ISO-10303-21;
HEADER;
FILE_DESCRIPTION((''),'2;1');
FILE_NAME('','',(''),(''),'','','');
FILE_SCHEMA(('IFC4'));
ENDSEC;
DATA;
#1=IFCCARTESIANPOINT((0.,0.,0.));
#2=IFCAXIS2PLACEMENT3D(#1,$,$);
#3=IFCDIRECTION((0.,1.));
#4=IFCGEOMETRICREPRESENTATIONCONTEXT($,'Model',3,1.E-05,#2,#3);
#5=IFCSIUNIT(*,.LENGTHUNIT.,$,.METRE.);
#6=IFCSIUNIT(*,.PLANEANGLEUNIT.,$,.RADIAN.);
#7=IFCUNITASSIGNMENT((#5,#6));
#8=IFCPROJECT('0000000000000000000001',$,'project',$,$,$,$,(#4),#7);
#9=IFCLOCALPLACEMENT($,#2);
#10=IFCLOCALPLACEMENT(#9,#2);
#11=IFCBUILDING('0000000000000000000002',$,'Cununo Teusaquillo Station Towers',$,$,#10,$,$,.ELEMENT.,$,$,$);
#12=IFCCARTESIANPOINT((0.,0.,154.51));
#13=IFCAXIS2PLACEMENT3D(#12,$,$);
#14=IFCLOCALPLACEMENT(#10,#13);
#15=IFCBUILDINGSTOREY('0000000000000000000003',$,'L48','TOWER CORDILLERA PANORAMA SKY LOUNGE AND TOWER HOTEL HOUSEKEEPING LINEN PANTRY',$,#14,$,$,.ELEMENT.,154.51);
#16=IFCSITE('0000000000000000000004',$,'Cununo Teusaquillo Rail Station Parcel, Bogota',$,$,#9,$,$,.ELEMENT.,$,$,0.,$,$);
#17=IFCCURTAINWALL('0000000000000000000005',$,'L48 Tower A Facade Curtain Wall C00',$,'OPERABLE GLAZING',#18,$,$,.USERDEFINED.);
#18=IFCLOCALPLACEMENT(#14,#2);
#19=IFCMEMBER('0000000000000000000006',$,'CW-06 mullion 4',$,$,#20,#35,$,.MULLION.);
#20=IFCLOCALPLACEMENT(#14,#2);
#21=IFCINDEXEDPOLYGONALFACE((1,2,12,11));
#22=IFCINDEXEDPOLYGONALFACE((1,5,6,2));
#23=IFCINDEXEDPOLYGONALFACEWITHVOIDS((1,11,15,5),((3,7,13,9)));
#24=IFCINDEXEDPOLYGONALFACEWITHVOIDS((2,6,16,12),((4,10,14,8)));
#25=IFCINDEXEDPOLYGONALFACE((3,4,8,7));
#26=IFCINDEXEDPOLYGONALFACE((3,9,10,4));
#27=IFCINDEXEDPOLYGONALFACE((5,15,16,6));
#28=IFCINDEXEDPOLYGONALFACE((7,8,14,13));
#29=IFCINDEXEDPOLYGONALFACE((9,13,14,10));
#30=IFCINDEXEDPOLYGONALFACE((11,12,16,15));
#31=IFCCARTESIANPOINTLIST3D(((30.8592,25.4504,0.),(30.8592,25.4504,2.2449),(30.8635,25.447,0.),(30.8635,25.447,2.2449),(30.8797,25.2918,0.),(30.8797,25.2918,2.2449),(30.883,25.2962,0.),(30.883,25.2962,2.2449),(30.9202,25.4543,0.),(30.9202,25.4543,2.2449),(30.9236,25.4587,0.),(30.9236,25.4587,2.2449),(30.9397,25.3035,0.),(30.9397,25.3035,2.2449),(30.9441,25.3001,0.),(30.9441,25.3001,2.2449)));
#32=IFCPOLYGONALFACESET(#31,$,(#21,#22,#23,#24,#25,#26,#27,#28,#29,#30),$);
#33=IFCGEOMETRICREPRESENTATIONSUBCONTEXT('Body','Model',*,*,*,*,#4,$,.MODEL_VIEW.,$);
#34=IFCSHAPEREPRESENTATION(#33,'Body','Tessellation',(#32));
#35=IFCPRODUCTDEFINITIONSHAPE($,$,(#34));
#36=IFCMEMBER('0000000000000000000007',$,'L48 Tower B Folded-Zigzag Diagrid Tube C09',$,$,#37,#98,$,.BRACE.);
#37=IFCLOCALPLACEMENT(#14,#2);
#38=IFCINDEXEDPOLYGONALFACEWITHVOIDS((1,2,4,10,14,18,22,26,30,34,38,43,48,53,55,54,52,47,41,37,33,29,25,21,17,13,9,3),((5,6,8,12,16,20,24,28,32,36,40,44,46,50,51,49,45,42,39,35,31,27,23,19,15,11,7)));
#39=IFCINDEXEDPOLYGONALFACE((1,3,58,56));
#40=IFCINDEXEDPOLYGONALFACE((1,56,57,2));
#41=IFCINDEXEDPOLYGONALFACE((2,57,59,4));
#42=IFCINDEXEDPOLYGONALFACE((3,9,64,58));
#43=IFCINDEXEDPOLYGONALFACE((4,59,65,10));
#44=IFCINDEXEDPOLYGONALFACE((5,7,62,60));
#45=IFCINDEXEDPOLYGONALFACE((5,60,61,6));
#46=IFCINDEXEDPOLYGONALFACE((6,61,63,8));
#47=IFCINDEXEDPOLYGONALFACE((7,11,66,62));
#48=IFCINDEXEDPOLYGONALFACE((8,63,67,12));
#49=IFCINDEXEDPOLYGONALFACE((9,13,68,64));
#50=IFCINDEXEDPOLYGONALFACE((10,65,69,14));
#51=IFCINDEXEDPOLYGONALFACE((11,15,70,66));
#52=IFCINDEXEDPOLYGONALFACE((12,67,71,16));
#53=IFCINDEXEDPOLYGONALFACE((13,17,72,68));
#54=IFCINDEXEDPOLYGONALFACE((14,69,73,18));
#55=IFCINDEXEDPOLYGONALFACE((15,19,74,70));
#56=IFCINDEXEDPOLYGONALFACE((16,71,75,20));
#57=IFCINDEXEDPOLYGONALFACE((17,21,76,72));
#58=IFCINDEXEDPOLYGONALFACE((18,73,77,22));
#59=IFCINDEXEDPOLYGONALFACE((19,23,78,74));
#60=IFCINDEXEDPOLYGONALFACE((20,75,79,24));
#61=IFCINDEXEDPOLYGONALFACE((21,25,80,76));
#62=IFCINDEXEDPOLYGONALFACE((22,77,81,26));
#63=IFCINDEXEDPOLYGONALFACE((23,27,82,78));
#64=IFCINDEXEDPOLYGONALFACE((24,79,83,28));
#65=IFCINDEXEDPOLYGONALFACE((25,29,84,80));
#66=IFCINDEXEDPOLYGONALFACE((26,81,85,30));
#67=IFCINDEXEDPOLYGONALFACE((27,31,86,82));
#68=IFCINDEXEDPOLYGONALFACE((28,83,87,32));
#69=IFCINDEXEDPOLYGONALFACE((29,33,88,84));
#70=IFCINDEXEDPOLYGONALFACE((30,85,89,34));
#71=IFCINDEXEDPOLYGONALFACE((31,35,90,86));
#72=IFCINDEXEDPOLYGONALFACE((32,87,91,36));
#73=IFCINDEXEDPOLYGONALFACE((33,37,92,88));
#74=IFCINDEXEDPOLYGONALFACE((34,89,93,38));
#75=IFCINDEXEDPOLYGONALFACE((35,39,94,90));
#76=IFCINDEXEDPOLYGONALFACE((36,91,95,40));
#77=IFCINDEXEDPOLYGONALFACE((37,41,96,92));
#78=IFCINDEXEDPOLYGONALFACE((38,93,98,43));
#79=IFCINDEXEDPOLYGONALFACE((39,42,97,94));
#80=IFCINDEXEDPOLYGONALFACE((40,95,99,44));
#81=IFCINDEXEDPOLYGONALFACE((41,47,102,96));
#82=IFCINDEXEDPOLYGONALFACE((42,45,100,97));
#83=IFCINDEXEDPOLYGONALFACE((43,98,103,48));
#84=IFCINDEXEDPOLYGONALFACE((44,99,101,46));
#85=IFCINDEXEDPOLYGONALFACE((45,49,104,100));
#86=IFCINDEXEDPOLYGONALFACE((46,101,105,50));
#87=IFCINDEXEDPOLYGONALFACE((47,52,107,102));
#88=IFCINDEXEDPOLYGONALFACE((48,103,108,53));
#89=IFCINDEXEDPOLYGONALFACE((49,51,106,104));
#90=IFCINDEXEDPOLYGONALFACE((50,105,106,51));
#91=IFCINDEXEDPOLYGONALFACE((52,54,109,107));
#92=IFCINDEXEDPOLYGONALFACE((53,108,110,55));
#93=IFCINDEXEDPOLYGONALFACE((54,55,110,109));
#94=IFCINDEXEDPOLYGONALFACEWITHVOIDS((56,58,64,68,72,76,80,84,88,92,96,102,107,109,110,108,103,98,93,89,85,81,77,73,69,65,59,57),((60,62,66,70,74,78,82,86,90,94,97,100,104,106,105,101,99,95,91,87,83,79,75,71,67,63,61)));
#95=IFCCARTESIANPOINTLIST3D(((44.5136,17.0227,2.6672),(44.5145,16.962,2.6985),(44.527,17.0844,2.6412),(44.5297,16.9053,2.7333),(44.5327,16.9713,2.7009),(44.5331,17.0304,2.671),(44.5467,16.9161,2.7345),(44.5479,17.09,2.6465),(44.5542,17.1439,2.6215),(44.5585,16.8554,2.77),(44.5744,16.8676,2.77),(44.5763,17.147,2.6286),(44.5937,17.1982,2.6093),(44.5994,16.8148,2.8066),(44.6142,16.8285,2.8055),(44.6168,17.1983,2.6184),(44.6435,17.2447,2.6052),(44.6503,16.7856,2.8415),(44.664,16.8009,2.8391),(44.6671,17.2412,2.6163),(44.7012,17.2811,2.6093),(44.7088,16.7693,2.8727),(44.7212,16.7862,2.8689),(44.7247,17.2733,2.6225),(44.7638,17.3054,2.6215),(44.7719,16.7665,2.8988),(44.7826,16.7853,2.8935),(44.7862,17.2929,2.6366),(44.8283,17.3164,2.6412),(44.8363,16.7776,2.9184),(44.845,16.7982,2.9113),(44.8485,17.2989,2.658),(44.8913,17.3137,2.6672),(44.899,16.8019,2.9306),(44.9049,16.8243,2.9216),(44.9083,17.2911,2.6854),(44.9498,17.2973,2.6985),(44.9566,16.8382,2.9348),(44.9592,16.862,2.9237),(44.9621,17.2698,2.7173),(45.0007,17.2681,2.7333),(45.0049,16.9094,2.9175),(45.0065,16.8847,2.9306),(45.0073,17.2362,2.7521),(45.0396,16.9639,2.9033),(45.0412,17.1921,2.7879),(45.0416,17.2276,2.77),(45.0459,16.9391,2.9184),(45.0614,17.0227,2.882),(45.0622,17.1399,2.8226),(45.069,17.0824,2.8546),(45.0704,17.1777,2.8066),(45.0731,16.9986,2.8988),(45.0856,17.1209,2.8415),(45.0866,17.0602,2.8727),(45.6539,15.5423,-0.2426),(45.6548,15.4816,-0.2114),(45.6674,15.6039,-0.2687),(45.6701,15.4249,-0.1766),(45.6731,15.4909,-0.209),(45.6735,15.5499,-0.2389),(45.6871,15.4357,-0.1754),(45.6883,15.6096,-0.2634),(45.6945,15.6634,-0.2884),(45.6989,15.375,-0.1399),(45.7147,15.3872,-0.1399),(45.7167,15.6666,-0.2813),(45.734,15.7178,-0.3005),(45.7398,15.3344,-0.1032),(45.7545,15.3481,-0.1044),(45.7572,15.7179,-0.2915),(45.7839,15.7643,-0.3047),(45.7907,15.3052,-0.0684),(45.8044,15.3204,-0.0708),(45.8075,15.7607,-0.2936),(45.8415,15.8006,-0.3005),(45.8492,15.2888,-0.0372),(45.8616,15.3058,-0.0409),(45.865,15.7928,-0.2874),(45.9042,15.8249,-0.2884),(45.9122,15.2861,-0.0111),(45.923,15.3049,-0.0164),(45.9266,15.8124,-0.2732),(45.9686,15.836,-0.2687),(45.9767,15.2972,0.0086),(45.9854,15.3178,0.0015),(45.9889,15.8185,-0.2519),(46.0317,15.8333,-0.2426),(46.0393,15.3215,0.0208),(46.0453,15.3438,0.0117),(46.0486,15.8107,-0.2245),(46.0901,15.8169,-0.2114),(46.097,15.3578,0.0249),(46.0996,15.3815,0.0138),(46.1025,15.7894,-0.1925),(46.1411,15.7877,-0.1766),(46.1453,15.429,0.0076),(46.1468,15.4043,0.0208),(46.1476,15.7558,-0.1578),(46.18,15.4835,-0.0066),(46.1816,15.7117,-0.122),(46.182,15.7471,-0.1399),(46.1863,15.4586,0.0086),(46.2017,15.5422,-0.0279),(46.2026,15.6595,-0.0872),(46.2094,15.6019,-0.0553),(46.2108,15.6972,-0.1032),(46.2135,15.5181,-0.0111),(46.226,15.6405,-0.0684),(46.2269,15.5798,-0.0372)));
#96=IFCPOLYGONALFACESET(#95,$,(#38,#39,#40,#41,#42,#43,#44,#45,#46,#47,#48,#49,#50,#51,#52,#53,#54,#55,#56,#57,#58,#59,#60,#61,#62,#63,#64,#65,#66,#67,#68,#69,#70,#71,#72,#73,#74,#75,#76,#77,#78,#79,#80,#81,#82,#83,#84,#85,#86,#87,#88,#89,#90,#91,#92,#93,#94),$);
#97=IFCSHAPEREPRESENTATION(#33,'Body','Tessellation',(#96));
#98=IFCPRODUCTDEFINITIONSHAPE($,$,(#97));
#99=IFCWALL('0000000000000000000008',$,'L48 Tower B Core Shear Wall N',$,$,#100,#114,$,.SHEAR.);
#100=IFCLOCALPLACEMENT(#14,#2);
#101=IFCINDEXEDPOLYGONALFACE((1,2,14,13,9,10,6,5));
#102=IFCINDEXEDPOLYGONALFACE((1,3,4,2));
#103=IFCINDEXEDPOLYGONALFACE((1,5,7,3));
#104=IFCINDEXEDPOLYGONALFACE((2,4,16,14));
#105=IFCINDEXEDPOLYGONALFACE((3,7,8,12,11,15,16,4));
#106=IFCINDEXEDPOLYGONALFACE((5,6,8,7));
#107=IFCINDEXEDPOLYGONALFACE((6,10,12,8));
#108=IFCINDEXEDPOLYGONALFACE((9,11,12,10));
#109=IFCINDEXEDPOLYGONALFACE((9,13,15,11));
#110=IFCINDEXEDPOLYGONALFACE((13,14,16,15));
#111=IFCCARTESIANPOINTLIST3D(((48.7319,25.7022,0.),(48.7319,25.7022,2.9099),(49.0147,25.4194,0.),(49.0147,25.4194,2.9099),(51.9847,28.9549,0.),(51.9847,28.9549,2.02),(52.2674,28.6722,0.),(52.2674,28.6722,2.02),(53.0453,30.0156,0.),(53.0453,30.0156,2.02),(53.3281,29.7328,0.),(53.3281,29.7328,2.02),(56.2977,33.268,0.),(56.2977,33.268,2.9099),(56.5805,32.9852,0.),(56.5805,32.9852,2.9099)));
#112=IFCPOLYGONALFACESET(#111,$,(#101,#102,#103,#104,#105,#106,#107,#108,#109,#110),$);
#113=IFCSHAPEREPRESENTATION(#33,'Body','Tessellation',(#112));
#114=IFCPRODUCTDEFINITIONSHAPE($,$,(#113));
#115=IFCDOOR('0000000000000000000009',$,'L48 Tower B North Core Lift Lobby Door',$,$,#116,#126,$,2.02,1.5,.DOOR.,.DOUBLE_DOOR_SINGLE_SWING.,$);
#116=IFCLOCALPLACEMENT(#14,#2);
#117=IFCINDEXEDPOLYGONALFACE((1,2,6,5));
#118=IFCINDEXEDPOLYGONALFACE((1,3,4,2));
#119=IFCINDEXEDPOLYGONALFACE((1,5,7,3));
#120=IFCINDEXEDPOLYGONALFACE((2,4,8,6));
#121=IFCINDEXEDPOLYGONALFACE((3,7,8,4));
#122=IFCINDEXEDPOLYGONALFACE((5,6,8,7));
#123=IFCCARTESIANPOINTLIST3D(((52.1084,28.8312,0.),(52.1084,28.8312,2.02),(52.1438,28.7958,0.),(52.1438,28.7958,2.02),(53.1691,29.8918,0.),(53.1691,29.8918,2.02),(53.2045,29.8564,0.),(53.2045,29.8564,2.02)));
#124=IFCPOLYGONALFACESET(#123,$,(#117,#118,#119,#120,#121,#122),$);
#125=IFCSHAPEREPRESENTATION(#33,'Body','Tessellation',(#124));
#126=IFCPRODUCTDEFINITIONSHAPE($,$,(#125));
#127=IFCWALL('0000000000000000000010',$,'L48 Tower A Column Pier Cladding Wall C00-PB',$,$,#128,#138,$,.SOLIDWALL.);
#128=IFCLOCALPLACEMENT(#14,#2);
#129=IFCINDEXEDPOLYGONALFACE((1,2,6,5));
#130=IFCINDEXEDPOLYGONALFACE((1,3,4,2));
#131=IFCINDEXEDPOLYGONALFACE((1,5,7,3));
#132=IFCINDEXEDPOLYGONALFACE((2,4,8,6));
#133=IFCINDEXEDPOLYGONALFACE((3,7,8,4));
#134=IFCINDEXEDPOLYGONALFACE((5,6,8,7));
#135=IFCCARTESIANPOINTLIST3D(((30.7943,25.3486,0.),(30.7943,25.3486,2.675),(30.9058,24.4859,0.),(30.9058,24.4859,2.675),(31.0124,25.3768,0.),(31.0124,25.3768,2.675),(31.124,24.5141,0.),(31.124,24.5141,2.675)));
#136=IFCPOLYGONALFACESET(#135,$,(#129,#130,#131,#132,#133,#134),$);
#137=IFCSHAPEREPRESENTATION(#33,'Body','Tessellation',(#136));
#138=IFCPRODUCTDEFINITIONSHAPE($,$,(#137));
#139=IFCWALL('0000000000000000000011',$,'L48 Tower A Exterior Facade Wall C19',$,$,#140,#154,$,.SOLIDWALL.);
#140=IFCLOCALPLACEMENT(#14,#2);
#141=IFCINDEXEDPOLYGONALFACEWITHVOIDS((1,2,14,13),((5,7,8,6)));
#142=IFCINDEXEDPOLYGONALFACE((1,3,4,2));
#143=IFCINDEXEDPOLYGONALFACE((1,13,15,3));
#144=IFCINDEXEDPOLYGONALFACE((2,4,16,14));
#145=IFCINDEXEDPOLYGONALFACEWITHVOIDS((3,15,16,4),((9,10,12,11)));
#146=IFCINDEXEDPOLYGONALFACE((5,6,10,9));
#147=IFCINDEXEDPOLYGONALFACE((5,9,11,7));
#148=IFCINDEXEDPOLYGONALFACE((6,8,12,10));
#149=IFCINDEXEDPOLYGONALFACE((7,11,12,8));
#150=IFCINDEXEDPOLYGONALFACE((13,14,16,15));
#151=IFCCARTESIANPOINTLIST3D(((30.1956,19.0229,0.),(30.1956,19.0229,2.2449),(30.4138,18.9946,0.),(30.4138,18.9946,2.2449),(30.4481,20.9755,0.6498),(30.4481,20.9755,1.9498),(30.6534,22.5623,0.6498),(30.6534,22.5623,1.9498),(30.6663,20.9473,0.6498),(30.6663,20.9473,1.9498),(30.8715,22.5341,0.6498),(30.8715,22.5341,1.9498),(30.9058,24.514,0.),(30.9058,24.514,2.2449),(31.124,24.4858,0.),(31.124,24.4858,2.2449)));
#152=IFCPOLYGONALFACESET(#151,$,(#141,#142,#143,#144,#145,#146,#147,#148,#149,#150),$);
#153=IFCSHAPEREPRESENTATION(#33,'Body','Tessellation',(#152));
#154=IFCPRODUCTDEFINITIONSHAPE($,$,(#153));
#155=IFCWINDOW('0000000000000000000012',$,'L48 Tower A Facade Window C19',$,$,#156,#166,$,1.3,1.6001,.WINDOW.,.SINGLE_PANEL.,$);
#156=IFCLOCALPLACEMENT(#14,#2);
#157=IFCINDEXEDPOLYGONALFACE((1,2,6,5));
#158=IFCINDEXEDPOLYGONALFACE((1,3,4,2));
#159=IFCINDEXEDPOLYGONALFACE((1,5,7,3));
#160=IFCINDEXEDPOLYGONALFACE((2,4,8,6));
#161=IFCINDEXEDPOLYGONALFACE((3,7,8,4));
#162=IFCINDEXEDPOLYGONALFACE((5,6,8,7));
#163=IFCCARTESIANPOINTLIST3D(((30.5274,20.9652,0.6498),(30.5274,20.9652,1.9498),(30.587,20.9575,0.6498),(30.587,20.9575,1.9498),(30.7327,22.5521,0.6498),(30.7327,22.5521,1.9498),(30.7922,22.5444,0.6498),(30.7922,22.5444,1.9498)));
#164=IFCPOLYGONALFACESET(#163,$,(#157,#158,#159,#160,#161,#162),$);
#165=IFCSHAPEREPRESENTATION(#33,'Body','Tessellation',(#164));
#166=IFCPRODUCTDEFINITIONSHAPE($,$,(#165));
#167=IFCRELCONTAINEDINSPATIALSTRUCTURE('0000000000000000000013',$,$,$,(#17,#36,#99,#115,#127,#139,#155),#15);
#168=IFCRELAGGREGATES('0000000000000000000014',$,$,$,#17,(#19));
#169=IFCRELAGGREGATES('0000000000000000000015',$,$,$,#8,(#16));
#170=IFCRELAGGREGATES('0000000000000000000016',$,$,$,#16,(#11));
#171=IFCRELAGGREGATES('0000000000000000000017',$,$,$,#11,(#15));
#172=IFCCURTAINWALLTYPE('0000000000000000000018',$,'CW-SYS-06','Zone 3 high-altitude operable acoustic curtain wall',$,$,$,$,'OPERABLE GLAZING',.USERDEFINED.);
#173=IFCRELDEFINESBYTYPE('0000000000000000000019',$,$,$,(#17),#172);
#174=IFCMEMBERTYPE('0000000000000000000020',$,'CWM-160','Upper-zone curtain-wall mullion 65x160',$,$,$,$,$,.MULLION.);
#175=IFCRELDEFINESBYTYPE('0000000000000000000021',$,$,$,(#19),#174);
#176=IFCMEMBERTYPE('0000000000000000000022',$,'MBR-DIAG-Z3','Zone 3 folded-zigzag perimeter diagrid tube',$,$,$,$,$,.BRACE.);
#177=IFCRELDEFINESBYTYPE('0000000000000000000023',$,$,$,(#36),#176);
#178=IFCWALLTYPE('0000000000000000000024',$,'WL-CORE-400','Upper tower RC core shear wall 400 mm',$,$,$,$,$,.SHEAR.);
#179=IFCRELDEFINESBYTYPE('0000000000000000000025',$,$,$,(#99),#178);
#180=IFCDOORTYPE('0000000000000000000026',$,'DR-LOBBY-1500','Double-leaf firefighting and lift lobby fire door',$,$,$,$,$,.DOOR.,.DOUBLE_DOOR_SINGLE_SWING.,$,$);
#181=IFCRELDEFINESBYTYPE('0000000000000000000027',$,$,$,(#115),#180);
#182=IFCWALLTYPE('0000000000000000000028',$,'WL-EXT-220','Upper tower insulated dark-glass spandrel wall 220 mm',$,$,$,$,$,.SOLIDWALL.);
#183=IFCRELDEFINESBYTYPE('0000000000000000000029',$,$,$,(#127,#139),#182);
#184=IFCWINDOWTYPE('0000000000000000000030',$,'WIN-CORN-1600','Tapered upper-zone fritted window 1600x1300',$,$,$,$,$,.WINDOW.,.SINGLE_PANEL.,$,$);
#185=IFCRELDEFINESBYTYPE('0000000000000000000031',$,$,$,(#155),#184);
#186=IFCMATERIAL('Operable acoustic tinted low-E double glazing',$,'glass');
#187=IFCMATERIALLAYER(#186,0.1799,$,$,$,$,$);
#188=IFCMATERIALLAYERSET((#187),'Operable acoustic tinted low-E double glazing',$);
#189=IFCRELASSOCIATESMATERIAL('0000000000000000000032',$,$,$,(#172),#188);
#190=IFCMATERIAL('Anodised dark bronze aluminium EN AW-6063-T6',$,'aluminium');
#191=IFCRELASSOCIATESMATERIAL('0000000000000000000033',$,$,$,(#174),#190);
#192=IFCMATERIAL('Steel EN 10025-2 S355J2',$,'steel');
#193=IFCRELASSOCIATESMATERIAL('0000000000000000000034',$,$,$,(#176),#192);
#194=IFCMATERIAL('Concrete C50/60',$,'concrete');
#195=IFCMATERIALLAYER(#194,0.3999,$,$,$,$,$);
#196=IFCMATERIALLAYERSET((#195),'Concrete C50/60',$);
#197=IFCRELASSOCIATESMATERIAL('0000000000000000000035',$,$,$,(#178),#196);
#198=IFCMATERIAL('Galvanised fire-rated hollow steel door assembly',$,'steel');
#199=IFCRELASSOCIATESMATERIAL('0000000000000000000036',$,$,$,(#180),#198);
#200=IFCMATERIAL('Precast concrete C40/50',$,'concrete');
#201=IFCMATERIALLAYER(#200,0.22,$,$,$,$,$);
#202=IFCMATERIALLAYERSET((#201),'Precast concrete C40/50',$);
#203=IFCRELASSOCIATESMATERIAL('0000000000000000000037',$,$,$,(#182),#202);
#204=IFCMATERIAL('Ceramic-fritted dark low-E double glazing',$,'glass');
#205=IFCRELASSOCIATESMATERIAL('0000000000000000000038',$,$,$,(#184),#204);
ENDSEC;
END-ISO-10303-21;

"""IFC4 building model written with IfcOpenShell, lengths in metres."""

from ifc_helpers import new_model, si_unit, direction, frame, frame_2d, origin, origin_2d, place, context, subcontext, project, spatial, rectangle, hollow_rectangle, hollow_circle, extrude, source, transform, mapped, material, layer, layer_set, material_profile, profile_set, type_object, element, fill, aggregate, save


model = new_model("IFC4")

# Units and contexts
model_context = context("Model", 3, precision=1e-05, world=origin(), true_north=direction((0.0, 1.0)))
body_context = subcontext(model_context, "Body", "Model", "MODEL_VIEW")
ifc_project = project(units=[si_unit("LENGTHUNIT", "METRE"), si_unit("PLANEANGLEUNIT", "RADIAN")], contexts=[model_context])

# Site, building, storey
site_placement = place(None, origin())
site = spatial("IfcSite", under=ifc_project, at=site_placement, Name="Cununo Teusaquillo Rail Station Parcel, Bogota", CompositionType="ELEMENT", RefElevation=0.0)
building_placement = place(site_placement, origin())
building = spatial("IfcBuilding", under=site, at=building_placement, Name="Cununo Teusaquillo Station Towers", CompositionType="ELEMENT")
storey_placement = place(building_placement, frame((0.0, 0.0, 154.51)))
storey = spatial("IfcBuildingStorey", under=building, at=storey_placement, Name="L48", Description="TOWER CORDILLERA PANORAMA SKY LOUNGE AND TOWER HOTEL HOUSEKEEPING LINEN PANTRY", CompositionType="ELEMENT", Elevation=154.51)

# Curtain wall, member
ifc_material_1 = material(Name="Operable acoustic tinted low-E double glazing", Category="glass")
ifc_layer_1 = layer(ifc_material_1, 0.1799)
ifc_layer_set_1 = layer_set([ifc_layer_1], Name="Operable acoustic tinted low-E double glazing")
curtain_wall_type = type_object("IfcCurtainWallType", Name="CW-SYS-06", Description="Zone 3 high-altitude operable acoustic curtain wall", ElementType="OPERABLE GLAZING", PredefinedType="USERDEFINED", material=ifc_layer_set_1)
curtain_wall_placement = place(storey_placement, origin())
curtain_wall = element("IfcCurtainWall", 1, at=curtain_wall_placement, inside=storey, type_object=curtain_wall_type, Name="L48 Tower A Facade Curtain Wall C00", ObjectType="OPERABLE GLAZING", PredefinedType="USERDEFINED")
ifc_material_2 = material(Name="Anodised dark bronze aluminium EN AW-6063-T6", Category="aluminium")
ifc_material_profile_1 = material_profile(ifc_material_2, hollow_rectangle(XDim=0.0649, YDim=0.1599, WallThickness=0.0039, at=origin_2d()), Name="CW-MULL-65x160")
ifc_profile_set_1 = profile_set([ifc_material_profile_1], Name="Anodised dark bronze aluminium EN AW-6063-T6")
member_type_1 = type_object("IfcMemberType", Name="CWM-160", Description="Upper-zone curtain-wall mullion 65x160", PredefinedType="MULLION", material=ifc_profile_set_1)
member_1_placement = place(storey_placement, frame((30.9016, 25.3752, 0.0), z_axis=(0.0, 0.0, 1.0), x_axis=(0.991736, 0.128293, 0.0)))
member_1 = element("IfcMember", 2, at=member_1_placement, type_object=member_type_1, Name="CW-06 mullion 4", PredefinedType="MULLION", context=body_context, shape_type="SweptSolid", body=[
    extrude(hollow_rectangle(XDim=0.0649, YDim=0.1599, WallThickness=0.0039, at=origin_2d()), origin(), (0.0, 0.0, 1.0), 2.2449),
])
aggregate(curtain_wall, [member_1])

# Member
ifc_material_3 = material(Name="Steel EN 10025-2 S355J2", Category="steel")
ifc_material_profile_2 = material_profile(ifc_material_3, hollow_circle(Radius=0.3049, WallThickness=0.02, at=origin_2d()), Name="CHS 610x20")
ifc_profile_set_2 = profile_set([ifc_material_profile_2], Name="Steel EN 10025-2 S355J2")
member_type_2 = type_object("IfcMemberType", Name="MBR-DIAG-Z3", Description="Zone 3 folded-zigzag perimeter diagrid tube", PredefinedType="BRACE", material=ifc_profile_set_2)
member_2_placement = place(storey_placement, frame((45.9404, 15.561, -0.1399), z_axis=(-0.329752, 0.428091, 0.841428), x_axis=(-0.792221, -0.610235, 0.0)))
element("IfcMember", 3, at=member_2_placement, inside=storey, type_object=member_type_2, Name="L48 Tower B Folded-Zigzag Diagrid Tube C09", PredefinedType="BRACE", context=body_context, shape_type="SweptSolid", body=[
    extrude(hollow_circle(Radius=0.3049, WallThickness=0.02, at=origin_2d()), origin(), (0.0, 0.0, 1.0), 3.4583),
])

# Wall, opening, door
ifc_material_4 = material(Name="Concrete C50/60", Category="concrete")
ifc_layer_2 = layer(ifc_material_4, 0.3999)
ifc_layer_set_2 = layer_set([ifc_layer_2], Name="Concrete C50/60")
wall_type_1 = type_object("IfcWallType", Name="WL-CORE-400", Description="Upper tower RC core shear wall 400 mm", PredefinedType="SHEAR", material=ifc_layer_set_2)
wall_1_placement = place(storey_placement, frame((48.8733, 25.5608, 0.0), z_axis=(0.0, 0.0, 1.0), x_axis=(0.707107, 0.707107, 0.0)))
wall_1 = element("IfcWall", 4, at=wall_1_placement, inside=storey, type_object=wall_type_1, Name="L48 Tower B Core Shear Wall N", PredefinedType="SHEAR", context=body_context, shape_type="SweptSolid", body=[
    extrude(rectangle(XDim=10.6997, YDim=0.3999, at=frame_2d((5.3499, 0.0))), origin(), (0.0, 0.0, 1.0), 2.9099),
])
shared_shape_1 = source(origin(), body_context, "Body", "SweptSolid", [
    extrude(rectangle(XDim=1.5, YDim=2.02, at=frame_2d((0.75, 1.01))), frame((0.0, 0.21, 0.0), z_axis=(0.0, -1.0, 0.0), x_axis=(1.0, 0.0, 0.0)), (0.0, 0.0, 1.0), 0.4199),
])
opening_1_placement = place(wall_1_placement, frame((4.6001, 0.0, 0.0)))
opening_1 = element("IfcOpeningElement", 5, at=opening_1_placement, cuts=wall_1, PredefinedType="OPENING", context=body_context, shape_type="MappedRepresentation", body=[
    mapped(shared_shape_1, transform((0.0, 0.0, 0.0), x_axis=(1.0, 0.0, 0.0), y_axis=(0.0, 1.0, 0.0), z_axis=(0.0, 0.0, 1.0), scale=1.0)),
])
ifc_material_5 = material(Name="Galvanised fire-rated hollow steel door assembly", Category="steel")
door_type_1 = type_object("IfcDoorType", Name="DR-LOBBY-1500", Description="Double-leaf firefighting and lift lobby fire door", OperationType="DOUBLE_DOOR_SINGLE_SWING", PredefinedType="DOOR", material=ifc_material_5)
shared_shape_2 = source(origin(), body_context, "Body", "SweptSolid", [
    extrude(rectangle(XDim=1.5, YDim=2.02, at=frame_2d((0.75, 1.01))), frame((0.0, 0.0249, 0.0), z_axis=(0.0, -1.0, 0.0), x_axis=(1.0, 0.0, 0.0)), (0.0, 0.0, 1.0), 0.05),
])
door_1_placement = place(opening_1_placement, origin())
door_1 = element("IfcDoor", 6, at=door_1_placement, inside=storey, type_object=door_type_1, Name="L48 Tower B North Core Lift Lobby Door", OperationType="DOUBLE_DOOR_SINGLE_SWING", OverallHeight=2.02, OverallWidth=1.5, PredefinedType="DOOR", context=body_context, shape_type="MappedRepresentation", body=[
    mapped(shared_shape_2, transform((0.0, 0.0, 0.0), x_axis=(1.0, 0.0, 0.0), y_axis=(0.0, 1.0, 0.0), z_axis=(0.0, 0.0, 1.0), scale=1.0)),
])
fill(opening_1, door_1)

# Wall
ifc_material_6 = material(Name="Precast concrete C40/50", Category="concrete")
ifc_layer_3 = layer(ifc_material_6, 0.22)
ifc_layer_set_3 = layer_set([ifc_layer_3], Name="Precast concrete C40/50")
wall_type_2 = type_object("IfcWallType", Name="WL-EXT-220", Description="Upper tower insulated dark-glass spandrel wall 220 mm", PredefinedType="SOLIDWALL", material=ifc_layer_set_3)
wall_2_placement = place(storey_placement, frame((30.9033, 25.3628, 0.0), z_axis=(0.0, 0.0, 1.0), x_axis=(0.128247, -0.991742, 0.0)))
element("IfcWall", 7, at=wall_2_placement, inside=storey, type_object=wall_type_2, Name="L48 Tower A Column Pier Cladding Wall C00-PB", PredefinedType="SOLIDWALL", context=body_context, shape_type="SweptSolid", body=[
    extrude(rectangle(XDim=0.8699, YDim=0.22, at=frame_2d((0.4351, 0.0))), origin(), (0.0, 0.0, 1.0), 2.675),
])

# Wall, opening, window
wall_3_placement = place(storey_placement, frame((31.0149, 24.5, 0.0), z_axis=(0.0, 0.0, 1.0), x_axis=(-0.128267, -0.99174, 0.0)))
wall_3 = element("IfcWall", 8, at=wall_3_placement, inside=storey, type_object=wall_type_2, Name="L48 Tower A Exterior Facade Wall C19", PredefinedType="SOLIDWALL", context=body_context, shape_type="SweptSolid", body=[
    extrude(rectangle(XDim=5.5369, YDim=0.22, at=frame_2d((2.7686, 0.0))), origin(), (0.0, 0.0, 1.0), 2.2449),
])
shared_shape_3 = source(origin(), body_context, "Body", "SweptSolid", [
    extrude(rectangle(XDim=1.6001, YDim=1.3, at=frame_2d((0.8, 0.6499))), frame((0.0, 0.1199, 0.0), z_axis=(0.0, -1.0, 0.0), x_axis=(1.0, 0.0, 0.0)), (0.0, 0.0, 1.0), 0.24),
])
opening_2_placement = place(wall_3_placement, frame((1.968, 0.0, 0.6499)))
opening_2 = element("IfcOpeningElement", 9, at=opening_2_placement, cuts=wall_3, PredefinedType="OPENING", context=body_context, shape_type="MappedRepresentation", body=[
    mapped(shared_shape_3, transform((0.0, 0.0, 0.0), x_axis=(1.0, 0.0, 0.0), y_axis=(0.0, 1.0, 0.0), z_axis=(0.0, 0.0, 1.0), scale=1.0)),
])
ifc_material_7 = material(Name="Ceramic-fritted dark low-E double glazing", Category="glass")
window_type = type_object("IfcWindowType", Name="WIN-CORN-1600", Description="Tapered upper-zone fritted window 1600x1300", PartitioningType="SINGLE_PANEL", PredefinedType="WINDOW", material=ifc_material_7)
shared_shape_4 = source(origin(), body_context, "Body", "SweptSolid", [
    extrude(rectangle(XDim=1.6001, YDim=1.3, at=frame_2d((0.8, 0.6499))), frame((0.0, 0.03, 0.0), z_axis=(0.0, -1.0, 0.0), x_axis=(1.0, 0.0, 0.0)), (0.0, 0.0, 1.0), 0.0601),
])
window_1_placement = place(opening_2_placement, origin())
window_1 = element("IfcWindow", 10, at=window_1_placement, inside=storey, type_object=window_type, Name="L48 Tower A Facade Window C19", OverallHeight=1.3, OverallWidth=1.6001, PartitioningType="SINGLE_PANEL", PredefinedType="WINDOW", context=body_context, shape_type="MappedRepresentation", body=[
    mapped(shared_shape_4, transform((0.0, 0.0, 0.0), x_axis=(1.0, 0.0, 0.0), y_axis=(0.0, 1.0, 0.0), z_axis=(0.0, 0.0, 1.0), scale=1.0)),
])
fill(opening_2, window_1)

save(model, "model.ifc")
